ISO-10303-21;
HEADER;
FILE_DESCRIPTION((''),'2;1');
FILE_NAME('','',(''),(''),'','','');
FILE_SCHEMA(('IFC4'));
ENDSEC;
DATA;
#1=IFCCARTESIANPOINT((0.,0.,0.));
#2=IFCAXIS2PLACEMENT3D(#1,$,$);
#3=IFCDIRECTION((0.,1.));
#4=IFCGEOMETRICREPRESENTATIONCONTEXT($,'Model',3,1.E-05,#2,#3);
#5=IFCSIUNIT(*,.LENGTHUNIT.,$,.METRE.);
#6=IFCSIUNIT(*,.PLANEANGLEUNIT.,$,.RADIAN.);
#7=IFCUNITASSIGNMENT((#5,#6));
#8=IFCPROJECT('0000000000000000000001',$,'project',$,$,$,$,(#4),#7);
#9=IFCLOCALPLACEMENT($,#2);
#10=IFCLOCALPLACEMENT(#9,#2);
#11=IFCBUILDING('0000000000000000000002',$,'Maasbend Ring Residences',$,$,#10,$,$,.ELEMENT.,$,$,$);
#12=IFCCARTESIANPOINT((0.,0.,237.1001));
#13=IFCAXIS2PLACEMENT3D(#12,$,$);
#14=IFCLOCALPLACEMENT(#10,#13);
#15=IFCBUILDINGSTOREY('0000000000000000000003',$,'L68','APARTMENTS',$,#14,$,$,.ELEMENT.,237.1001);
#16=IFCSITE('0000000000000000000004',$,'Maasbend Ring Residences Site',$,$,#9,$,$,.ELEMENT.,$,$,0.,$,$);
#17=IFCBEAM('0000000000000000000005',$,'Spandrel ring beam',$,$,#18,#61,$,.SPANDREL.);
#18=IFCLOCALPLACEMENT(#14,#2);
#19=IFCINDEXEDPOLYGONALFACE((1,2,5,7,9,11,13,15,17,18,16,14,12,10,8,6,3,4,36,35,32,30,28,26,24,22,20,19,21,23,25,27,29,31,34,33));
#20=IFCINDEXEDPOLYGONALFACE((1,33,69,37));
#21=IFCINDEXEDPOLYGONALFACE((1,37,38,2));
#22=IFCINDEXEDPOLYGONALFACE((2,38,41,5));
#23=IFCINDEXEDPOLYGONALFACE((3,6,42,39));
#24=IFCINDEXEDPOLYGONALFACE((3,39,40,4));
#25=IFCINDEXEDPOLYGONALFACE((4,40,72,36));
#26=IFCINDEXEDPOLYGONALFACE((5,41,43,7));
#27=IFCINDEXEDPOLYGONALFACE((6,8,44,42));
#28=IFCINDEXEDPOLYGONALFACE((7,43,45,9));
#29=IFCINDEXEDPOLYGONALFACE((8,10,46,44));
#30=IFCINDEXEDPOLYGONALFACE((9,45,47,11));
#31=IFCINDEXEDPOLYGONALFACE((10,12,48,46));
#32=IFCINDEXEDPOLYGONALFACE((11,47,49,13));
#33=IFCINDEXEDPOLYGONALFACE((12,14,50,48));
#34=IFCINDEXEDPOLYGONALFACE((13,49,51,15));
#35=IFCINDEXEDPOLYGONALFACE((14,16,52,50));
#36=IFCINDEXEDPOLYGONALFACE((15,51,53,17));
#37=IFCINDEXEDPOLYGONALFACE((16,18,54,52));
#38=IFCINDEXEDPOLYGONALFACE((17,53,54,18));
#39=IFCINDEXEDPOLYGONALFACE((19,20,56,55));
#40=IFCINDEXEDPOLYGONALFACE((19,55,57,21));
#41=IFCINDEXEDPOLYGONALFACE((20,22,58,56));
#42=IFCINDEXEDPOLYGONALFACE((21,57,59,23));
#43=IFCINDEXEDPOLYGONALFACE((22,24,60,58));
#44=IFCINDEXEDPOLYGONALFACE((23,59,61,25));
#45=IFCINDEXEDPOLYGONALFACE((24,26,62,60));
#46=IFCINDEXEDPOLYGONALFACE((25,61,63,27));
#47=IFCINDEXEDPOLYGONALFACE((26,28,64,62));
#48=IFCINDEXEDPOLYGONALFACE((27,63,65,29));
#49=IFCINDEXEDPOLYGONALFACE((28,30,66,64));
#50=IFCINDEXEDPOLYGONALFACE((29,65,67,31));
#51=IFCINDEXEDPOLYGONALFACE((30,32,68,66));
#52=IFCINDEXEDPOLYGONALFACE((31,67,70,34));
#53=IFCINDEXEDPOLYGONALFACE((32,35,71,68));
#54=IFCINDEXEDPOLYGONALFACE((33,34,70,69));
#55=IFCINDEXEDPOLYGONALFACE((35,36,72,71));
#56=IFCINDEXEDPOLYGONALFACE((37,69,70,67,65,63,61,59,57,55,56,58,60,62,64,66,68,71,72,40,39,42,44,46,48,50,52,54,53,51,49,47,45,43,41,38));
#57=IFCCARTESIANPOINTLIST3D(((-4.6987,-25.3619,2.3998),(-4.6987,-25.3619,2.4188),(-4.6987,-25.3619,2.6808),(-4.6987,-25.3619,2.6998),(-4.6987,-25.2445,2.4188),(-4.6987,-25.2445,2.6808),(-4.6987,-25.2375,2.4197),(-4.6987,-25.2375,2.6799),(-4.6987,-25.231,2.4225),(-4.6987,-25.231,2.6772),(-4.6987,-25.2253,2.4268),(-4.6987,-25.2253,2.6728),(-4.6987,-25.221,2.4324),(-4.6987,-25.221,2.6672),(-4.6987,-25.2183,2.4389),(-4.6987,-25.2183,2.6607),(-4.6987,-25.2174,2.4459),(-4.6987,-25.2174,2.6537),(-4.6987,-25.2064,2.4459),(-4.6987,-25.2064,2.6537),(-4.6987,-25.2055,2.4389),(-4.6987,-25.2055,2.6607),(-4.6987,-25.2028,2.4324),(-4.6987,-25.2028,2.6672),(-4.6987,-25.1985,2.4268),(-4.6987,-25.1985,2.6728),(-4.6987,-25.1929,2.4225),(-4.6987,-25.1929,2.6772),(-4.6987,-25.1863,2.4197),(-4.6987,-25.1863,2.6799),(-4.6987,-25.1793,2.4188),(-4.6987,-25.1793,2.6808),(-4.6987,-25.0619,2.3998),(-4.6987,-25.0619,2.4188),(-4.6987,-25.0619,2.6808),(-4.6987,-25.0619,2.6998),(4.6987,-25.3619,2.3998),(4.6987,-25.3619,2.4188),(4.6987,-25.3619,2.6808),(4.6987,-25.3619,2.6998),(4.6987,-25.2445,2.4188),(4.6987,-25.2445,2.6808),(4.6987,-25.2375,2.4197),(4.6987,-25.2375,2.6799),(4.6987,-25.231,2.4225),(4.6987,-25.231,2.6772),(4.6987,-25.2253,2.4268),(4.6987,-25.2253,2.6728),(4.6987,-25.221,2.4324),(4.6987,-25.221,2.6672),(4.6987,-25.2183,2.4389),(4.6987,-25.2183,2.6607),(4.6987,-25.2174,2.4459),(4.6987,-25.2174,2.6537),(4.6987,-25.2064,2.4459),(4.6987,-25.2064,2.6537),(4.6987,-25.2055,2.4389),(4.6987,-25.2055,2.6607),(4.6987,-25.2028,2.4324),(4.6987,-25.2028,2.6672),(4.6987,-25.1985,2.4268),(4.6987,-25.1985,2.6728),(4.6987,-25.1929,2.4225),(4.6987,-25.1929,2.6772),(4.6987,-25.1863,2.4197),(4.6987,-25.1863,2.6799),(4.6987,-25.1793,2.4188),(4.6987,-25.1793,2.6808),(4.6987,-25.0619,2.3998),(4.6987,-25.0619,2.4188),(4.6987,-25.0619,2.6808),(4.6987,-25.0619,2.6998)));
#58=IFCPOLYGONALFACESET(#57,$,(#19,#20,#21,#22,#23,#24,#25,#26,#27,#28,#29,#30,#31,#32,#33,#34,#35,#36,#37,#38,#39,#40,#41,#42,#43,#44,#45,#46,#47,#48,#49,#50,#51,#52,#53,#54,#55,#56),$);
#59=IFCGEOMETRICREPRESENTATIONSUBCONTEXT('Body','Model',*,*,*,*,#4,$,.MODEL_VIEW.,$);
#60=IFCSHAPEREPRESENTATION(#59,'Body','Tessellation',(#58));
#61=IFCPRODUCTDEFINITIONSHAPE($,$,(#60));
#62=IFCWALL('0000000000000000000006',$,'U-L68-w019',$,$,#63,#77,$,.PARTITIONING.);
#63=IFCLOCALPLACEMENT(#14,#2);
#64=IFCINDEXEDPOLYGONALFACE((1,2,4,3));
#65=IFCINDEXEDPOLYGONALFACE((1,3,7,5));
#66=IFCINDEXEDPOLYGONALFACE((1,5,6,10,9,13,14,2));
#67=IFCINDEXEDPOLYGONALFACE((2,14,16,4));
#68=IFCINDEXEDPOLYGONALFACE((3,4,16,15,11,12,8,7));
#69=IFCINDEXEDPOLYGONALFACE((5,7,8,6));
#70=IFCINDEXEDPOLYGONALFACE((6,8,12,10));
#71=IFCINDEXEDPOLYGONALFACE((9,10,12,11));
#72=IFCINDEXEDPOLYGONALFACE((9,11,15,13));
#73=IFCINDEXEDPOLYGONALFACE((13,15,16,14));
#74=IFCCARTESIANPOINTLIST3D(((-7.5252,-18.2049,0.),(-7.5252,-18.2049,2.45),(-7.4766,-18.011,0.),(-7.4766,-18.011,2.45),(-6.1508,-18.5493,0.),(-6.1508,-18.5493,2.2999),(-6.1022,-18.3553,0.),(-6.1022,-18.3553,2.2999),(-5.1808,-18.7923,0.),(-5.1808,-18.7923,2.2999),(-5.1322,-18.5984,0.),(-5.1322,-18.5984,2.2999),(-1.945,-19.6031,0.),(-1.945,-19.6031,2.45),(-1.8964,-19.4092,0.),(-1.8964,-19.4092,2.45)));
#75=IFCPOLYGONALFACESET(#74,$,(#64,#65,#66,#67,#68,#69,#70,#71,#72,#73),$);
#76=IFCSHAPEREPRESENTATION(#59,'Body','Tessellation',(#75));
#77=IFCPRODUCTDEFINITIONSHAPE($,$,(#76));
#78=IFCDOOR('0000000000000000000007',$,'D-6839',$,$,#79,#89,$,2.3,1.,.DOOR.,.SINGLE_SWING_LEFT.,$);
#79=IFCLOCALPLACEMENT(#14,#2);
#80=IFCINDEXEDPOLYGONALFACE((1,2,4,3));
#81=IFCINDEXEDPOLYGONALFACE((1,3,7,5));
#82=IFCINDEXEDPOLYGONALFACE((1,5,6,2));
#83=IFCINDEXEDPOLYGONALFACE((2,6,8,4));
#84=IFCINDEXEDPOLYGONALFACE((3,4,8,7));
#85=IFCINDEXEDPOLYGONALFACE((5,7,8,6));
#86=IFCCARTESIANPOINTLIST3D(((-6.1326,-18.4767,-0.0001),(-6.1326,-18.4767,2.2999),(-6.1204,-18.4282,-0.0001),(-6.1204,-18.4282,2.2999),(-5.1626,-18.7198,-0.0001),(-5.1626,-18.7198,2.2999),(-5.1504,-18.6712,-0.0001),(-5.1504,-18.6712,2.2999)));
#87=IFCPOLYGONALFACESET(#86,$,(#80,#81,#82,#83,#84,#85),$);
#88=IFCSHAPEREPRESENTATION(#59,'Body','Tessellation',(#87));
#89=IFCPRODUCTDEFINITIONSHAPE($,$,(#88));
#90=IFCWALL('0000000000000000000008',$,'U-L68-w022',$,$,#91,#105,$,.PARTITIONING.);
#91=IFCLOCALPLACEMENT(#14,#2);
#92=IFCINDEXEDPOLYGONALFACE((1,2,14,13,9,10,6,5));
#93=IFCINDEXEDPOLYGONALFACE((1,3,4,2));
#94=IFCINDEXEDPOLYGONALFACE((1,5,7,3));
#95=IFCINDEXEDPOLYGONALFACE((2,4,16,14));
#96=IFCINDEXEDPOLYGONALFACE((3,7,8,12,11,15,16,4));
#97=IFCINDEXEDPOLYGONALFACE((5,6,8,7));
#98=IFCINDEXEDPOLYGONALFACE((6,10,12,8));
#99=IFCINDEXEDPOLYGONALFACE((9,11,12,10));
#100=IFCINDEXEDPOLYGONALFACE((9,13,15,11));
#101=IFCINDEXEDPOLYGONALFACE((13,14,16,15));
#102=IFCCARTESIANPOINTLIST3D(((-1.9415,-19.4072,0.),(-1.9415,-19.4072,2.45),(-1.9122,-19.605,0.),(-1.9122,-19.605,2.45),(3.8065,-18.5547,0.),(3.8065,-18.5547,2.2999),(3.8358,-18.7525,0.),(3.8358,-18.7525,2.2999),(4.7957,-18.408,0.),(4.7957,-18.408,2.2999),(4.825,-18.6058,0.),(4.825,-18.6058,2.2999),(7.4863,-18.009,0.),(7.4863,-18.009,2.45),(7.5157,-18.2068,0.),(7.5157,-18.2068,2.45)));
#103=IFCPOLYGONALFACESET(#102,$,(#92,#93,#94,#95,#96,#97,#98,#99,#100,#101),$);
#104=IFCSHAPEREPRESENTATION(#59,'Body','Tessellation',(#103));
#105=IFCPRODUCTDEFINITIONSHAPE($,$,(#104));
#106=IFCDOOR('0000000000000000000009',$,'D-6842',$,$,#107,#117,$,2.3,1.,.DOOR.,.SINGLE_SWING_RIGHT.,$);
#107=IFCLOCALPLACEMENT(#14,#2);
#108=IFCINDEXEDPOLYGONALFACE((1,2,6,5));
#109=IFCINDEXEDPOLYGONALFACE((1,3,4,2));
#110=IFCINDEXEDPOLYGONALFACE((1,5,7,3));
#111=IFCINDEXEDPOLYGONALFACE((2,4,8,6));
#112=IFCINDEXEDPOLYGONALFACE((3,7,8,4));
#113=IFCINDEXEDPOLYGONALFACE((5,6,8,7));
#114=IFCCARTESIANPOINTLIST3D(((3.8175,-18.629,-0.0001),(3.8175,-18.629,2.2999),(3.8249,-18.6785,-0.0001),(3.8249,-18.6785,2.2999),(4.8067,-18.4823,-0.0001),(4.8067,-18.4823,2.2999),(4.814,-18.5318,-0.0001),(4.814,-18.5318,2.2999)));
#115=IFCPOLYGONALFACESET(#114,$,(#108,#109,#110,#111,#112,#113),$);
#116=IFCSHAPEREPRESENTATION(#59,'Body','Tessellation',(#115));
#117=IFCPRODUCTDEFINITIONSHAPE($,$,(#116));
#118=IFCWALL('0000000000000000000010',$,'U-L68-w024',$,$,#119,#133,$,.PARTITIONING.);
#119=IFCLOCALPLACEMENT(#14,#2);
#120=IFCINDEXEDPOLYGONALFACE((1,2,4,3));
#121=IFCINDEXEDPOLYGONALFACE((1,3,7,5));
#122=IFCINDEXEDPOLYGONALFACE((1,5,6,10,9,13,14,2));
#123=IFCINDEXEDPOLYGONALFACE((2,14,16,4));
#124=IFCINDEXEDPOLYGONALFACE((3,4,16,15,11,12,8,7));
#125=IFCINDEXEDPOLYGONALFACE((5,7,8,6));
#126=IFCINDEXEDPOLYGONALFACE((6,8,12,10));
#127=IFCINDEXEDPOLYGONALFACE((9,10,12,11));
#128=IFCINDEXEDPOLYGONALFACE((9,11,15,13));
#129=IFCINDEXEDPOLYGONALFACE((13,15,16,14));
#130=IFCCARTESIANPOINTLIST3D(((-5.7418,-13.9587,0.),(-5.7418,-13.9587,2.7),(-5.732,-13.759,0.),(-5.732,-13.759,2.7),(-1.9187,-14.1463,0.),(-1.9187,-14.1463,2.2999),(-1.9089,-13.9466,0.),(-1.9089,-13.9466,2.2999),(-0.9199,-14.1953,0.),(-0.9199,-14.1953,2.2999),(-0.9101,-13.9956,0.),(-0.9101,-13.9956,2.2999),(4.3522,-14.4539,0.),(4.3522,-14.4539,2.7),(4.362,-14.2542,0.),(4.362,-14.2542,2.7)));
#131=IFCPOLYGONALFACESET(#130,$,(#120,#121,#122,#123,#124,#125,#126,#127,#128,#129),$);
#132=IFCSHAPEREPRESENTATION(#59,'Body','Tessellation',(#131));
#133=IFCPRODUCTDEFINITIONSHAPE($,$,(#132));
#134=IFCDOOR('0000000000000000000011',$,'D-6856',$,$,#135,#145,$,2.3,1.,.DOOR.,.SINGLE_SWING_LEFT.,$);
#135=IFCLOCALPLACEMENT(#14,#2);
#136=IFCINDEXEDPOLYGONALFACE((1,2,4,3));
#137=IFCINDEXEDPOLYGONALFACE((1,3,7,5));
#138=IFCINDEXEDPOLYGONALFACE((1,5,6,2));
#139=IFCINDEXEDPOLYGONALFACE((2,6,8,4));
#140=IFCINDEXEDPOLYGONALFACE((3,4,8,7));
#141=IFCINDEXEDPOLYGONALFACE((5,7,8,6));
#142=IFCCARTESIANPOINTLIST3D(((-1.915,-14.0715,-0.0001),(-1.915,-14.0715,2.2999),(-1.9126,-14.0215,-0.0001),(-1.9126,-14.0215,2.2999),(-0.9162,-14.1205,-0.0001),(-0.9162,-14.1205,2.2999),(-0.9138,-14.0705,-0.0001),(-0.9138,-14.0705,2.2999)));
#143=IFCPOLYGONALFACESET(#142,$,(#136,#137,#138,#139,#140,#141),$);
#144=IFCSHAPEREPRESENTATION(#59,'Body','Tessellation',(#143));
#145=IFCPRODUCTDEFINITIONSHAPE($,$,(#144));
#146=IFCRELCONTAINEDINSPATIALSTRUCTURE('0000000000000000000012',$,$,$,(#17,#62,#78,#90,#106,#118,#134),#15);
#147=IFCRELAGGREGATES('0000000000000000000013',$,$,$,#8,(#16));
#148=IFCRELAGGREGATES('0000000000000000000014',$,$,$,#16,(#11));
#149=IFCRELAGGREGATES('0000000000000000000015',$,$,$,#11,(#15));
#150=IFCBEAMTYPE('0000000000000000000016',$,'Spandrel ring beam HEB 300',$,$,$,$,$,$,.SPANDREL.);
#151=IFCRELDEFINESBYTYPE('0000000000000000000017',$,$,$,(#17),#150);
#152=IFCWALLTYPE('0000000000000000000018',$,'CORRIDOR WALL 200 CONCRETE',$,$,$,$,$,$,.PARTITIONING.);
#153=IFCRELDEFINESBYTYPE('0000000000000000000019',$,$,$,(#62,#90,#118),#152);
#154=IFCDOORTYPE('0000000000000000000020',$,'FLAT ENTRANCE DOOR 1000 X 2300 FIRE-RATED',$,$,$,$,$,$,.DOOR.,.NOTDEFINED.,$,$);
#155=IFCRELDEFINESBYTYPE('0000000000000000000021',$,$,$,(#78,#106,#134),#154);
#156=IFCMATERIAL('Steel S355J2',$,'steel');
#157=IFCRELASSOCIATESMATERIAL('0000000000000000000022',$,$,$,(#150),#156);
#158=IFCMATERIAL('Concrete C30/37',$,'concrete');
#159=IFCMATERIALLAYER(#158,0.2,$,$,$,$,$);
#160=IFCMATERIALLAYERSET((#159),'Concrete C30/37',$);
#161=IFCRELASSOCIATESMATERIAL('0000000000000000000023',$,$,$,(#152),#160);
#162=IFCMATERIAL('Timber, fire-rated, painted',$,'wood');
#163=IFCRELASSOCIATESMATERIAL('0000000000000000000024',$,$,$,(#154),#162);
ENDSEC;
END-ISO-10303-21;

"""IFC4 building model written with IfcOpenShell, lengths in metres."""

from ifc_helpers import new_model, si_unit, direction, frame, frame_2d, origin, origin_2d, place, context, subcontext, project, spatial, rectangle, i_section, extrude, material, layer, layer_set, material_profile, profile_set, type_object, element, fill, save


model = new_model("IFC4")

# Units and contexts
model_context = context("Model", 3, precision=1e-05, world=origin(), true_north=direction((0.0, 1.0)))
body_context = subcontext(model_context, "Body", "Model", "MODEL_VIEW")
ifc_project = project(units=[si_unit("LENGTHUNIT", "METRE"), si_unit("PLANEANGLEUNIT", "RADIAN")], contexts=[model_context])

# Site, building, storey
site_placement = place(None, origin())
site = spatial("IfcSite", under=ifc_project, at=site_placement, Name="Maasbend Ring Residences Site", CompositionType="ELEMENT", RefElevation=0.0)
building_placement = place(site_placement, origin())
building = spatial("IfcBuilding", under=site, at=building_placement, Name="Maasbend Ring Residences", CompositionType="ELEMENT")
storey_placement = place(building_placement, frame((0.0, 0.0, 237.1001)))
storey = spatial("IfcBuildingStorey", under=building, at=storey_placement, Name="L68", Description="APARTMENTS", CompositionType="ELEMENT", Elevation=237.1001)

# Beam
ifc_material_1 = material(Name="Steel S355J2", Category="steel")
ifc_material_profile_1 = material_profile(ifc_material_1, i_section(OverallWidth=0.3, OverallDepth=0.3, WebThickness=0.011, FlangeThickness=0.019, FilletRadius=0.0271, at=origin_2d()), Name="HEB 300")
ifc_profile_set_1 = profile_set([ifc_material_profile_1], Name="Steel S355J2")
beam_type_1 = type_object("IfcBeamType", Name="Spandrel ring beam HEB 300", PredefinedType="SPANDREL", material=ifc_profile_set_1)
beam_1_placement = place(storey_placement, frame((-4.6987, -25.2119, 2.5498), z_axis=(1.0, 0.0, 0.0), x_axis=(0.0, 1.0, 0.0)))
element("IfcBeam", 1, at=beam_1_placement, inside=storey, type_object=beam_type_1, Name="Spandrel ring beam", PredefinedType="SPANDREL", context=body_context, shape_type="SweptSolid", body=[
    extrude(i_section(OverallWidth=0.3, OverallDepth=0.3, WebThickness=0.011, FlangeThickness=0.019, FilletRadius=0.0271, at=origin_2d()), origin(), (0.0, 0.0, 1.0), 9.3975),
])

# Walls, openings, doors
ifc_material_2 = material(Name="Concrete C30/37", Category="concrete")
ifc_layer_1 = layer(ifc_material_2, 0.2)
ifc_layer_set_1 = layer_set([ifc_layer_1], Name="Concrete C30/37")
wall_type_1 = type_object("IfcWallType", Name="CORRIDOR WALL 200 CONCRETE", PredefinedType="PARTITIONING", material=ifc_layer_set_1)
wall_1_placement = place(storey_placement, frame((-7.501, -18.1079, 0.0), z_axis=(0.0, 0.0, 1.0), x_axis=(0.970013, -0.243055, 0.0)))
wall_1 = element("IfcWall", 2, at=wall_1_placement, inside=storey, type_object=wall_type_1, Name="U-L68-w019", PredefinedType="PARTITIONING", context=body_context, shape_type="SweptSolid", body=[
    extrude(rectangle(XDim=5.7527, YDim=0.2, at=frame_2d((2.8765, 0.0))), origin(), (0.0, 0.0, 1.0), 2.45),
])
opening_1_placement = place(wall_1_placement, frame((1.417, 0.0, 0.0)))
opening_1 = element("IfcOpeningElement", 3, at=opening_1_placement, cuts=wall_1, PredefinedType="OPENING", context=body_context, shape_type="SweptSolid", body=[
    extrude(rectangle(XDim=1.0, YDim=2.3, at=frame_2d((0.5, 1.1499))), frame((0.0, 0.1099, 0.0), z_axis=(0.0, -1.0, 0.0), x_axis=(1.0, 0.0, 0.0)), (0.0, 0.0, 1.0), 0.22),
])
ifc_material_3 = material(Name="Timber, fire-rated, painted", Category="wood")
door_type_1 = type_object("IfcDoorType", Name="FLAT ENTRANCE DOOR 1000 X 2300 FIRE-RATED", OperationType="NOTDEFINED", PredefinedType="DOOR", material=ifc_material_3)
door_1_placement = place(opening_1_placement, origin())
door_1 = element("IfcDoor", 4, at=door_1_placement, inside=storey, type_object=door_type_1, Name="D-6839", OperationType="SINGLE_SWING_LEFT", OverallHeight=2.3, OverallWidth=1.0, PredefinedType="DOOR", context=body_context, shape_type="SweptSolid", body=[
    extrude(rectangle(XDim=1.0, YDim=2.3, at=frame_2d((0.5, 1.1499))), frame((0.0, 0.0249, 0.0), z_axis=(0.0, -1.0, 0.0), x_axis=(1.0, 0.0, 0.0)), (0.0, 0.0, 1.0), 0.05),
])
fill(opening_1, door_1)
wall_2_placement = place(storey_placement, frame((-1.927, -19.5061, 0.0), z_axis=(0.0, 0.0, 1.0), x_axis=(0.989181, 0.146698, 0.0)))
wall_2 = element("IfcWall", 5, at=wall_2_placement, inside=storey, type_object=wall_type_1, Name="U-L68-w022", PredefinedType="PARTITIONING", context=body_context, shape_type="SweptSolid", body=[
    extrude(rectangle(XDim=9.531, YDim=0.2, at=frame_2d((4.7656, 0.0))), origin(), (0.0, 0.0, 1.0), 2.45),
])
opening_2_placement = place(wall_2_placement, frame((5.811, 0.0, 0.0)))
opening_2 = element("IfcOpeningElement", 6, at=opening_2_placement, cuts=wall_2, PredefinedType="OPENING", context=body_context, shape_type="SweptSolid", body=[
    extrude(rectangle(XDim=1.0, YDim=2.3, at=frame_2d((0.5, 1.1499))), frame((0.0, 0.1099, 0.0), z_axis=(0.0, -1.0, 0.0), x_axis=(1.0, 0.0, 0.0)), (0.0, 0.0, 1.0), 0.22),
])
door_2_placement = place(opening_2_placement, origin())
door_2 = element("IfcDoor", 7, at=door_2_placement, inside=storey, type_object=door_type_1, Name="D-6842", OperationType="SINGLE_SWING_RIGHT", OverallHeight=2.3, OverallWidth=1.0, PredefinedType="DOOR", context=body_context, shape_type="SweptSolid", body=[
    extrude(rectangle(XDim=1.0, YDim=2.3, at=frame_2d((0.5, 1.1499))), frame((0.0, 0.0249, 0.0), z_axis=(0.0, -1.0, 0.0), x_axis=(1.0, 0.0, 0.0)), (0.0, 0.0, 1.0), 0.05),
])
fill(opening_2, door_2)
wall_3_placement = place(storey_placement, frame((-5.7371, -13.8589, 0.0), z_axis=(0.0, 0.0, 1.0), x_axis=(0.998799, -0.048992, 0.0)))
wall_3 = element("IfcWall", 8, at=wall_3_placement, inside=storey, type_object=wall_type_1, Name="U-L68-w024", PredefinedType="PARTITIONING", context=body_context, shape_type="SweptSolid", body=[
    extrude(rectangle(XDim=10.1062, YDim=0.2, at=frame_2d((5.0532, 0.0))), origin(), (0.0, 0.0, 1.0), 2.7),
])
opening_3_placement = place(wall_3_placement, frame((3.8279, 0.0, 0.0)))
opening_3 = element("IfcOpeningElement", 9, at=opening_3_placement, cuts=wall_3, PredefinedType="OPENING", context=body_context, shape_type="SweptSolid", body=[
    extrude(rectangle(XDim=1.0, YDim=2.3, at=frame_2d((0.5, 1.1499))), frame((0.0, 0.1099, 0.0), z_axis=(0.0, -1.0, 0.0), x_axis=(1.0, 0.0, 0.0)), (0.0, 0.0, 1.0), 0.22),
])
door_3_placement = place(opening_3_placement, origin())
door_3 = element("IfcDoor", 10, at=door_3_placement, inside=storey, type_object=door_type_1, Name="D-6856", OperationType="SINGLE_SWING_LEFT", OverallHeight=2.3, OverallWidth=1.0, PredefinedType="DOOR", context=body_context, shape_type="SweptSolid", body=[
    extrude(rectangle(XDim=1.0, YDim=2.3, at=frame_2d((0.5, 1.1499))), frame((0.0, 0.0249, 0.0), z_axis=(0.0, -1.0, 0.0), x_axis=(1.0, 0.0, 0.0)), (0.0, 0.0, 1.0), 0.05),
])
fill(opening_3, door_3)

save(model, "model.ifc")
